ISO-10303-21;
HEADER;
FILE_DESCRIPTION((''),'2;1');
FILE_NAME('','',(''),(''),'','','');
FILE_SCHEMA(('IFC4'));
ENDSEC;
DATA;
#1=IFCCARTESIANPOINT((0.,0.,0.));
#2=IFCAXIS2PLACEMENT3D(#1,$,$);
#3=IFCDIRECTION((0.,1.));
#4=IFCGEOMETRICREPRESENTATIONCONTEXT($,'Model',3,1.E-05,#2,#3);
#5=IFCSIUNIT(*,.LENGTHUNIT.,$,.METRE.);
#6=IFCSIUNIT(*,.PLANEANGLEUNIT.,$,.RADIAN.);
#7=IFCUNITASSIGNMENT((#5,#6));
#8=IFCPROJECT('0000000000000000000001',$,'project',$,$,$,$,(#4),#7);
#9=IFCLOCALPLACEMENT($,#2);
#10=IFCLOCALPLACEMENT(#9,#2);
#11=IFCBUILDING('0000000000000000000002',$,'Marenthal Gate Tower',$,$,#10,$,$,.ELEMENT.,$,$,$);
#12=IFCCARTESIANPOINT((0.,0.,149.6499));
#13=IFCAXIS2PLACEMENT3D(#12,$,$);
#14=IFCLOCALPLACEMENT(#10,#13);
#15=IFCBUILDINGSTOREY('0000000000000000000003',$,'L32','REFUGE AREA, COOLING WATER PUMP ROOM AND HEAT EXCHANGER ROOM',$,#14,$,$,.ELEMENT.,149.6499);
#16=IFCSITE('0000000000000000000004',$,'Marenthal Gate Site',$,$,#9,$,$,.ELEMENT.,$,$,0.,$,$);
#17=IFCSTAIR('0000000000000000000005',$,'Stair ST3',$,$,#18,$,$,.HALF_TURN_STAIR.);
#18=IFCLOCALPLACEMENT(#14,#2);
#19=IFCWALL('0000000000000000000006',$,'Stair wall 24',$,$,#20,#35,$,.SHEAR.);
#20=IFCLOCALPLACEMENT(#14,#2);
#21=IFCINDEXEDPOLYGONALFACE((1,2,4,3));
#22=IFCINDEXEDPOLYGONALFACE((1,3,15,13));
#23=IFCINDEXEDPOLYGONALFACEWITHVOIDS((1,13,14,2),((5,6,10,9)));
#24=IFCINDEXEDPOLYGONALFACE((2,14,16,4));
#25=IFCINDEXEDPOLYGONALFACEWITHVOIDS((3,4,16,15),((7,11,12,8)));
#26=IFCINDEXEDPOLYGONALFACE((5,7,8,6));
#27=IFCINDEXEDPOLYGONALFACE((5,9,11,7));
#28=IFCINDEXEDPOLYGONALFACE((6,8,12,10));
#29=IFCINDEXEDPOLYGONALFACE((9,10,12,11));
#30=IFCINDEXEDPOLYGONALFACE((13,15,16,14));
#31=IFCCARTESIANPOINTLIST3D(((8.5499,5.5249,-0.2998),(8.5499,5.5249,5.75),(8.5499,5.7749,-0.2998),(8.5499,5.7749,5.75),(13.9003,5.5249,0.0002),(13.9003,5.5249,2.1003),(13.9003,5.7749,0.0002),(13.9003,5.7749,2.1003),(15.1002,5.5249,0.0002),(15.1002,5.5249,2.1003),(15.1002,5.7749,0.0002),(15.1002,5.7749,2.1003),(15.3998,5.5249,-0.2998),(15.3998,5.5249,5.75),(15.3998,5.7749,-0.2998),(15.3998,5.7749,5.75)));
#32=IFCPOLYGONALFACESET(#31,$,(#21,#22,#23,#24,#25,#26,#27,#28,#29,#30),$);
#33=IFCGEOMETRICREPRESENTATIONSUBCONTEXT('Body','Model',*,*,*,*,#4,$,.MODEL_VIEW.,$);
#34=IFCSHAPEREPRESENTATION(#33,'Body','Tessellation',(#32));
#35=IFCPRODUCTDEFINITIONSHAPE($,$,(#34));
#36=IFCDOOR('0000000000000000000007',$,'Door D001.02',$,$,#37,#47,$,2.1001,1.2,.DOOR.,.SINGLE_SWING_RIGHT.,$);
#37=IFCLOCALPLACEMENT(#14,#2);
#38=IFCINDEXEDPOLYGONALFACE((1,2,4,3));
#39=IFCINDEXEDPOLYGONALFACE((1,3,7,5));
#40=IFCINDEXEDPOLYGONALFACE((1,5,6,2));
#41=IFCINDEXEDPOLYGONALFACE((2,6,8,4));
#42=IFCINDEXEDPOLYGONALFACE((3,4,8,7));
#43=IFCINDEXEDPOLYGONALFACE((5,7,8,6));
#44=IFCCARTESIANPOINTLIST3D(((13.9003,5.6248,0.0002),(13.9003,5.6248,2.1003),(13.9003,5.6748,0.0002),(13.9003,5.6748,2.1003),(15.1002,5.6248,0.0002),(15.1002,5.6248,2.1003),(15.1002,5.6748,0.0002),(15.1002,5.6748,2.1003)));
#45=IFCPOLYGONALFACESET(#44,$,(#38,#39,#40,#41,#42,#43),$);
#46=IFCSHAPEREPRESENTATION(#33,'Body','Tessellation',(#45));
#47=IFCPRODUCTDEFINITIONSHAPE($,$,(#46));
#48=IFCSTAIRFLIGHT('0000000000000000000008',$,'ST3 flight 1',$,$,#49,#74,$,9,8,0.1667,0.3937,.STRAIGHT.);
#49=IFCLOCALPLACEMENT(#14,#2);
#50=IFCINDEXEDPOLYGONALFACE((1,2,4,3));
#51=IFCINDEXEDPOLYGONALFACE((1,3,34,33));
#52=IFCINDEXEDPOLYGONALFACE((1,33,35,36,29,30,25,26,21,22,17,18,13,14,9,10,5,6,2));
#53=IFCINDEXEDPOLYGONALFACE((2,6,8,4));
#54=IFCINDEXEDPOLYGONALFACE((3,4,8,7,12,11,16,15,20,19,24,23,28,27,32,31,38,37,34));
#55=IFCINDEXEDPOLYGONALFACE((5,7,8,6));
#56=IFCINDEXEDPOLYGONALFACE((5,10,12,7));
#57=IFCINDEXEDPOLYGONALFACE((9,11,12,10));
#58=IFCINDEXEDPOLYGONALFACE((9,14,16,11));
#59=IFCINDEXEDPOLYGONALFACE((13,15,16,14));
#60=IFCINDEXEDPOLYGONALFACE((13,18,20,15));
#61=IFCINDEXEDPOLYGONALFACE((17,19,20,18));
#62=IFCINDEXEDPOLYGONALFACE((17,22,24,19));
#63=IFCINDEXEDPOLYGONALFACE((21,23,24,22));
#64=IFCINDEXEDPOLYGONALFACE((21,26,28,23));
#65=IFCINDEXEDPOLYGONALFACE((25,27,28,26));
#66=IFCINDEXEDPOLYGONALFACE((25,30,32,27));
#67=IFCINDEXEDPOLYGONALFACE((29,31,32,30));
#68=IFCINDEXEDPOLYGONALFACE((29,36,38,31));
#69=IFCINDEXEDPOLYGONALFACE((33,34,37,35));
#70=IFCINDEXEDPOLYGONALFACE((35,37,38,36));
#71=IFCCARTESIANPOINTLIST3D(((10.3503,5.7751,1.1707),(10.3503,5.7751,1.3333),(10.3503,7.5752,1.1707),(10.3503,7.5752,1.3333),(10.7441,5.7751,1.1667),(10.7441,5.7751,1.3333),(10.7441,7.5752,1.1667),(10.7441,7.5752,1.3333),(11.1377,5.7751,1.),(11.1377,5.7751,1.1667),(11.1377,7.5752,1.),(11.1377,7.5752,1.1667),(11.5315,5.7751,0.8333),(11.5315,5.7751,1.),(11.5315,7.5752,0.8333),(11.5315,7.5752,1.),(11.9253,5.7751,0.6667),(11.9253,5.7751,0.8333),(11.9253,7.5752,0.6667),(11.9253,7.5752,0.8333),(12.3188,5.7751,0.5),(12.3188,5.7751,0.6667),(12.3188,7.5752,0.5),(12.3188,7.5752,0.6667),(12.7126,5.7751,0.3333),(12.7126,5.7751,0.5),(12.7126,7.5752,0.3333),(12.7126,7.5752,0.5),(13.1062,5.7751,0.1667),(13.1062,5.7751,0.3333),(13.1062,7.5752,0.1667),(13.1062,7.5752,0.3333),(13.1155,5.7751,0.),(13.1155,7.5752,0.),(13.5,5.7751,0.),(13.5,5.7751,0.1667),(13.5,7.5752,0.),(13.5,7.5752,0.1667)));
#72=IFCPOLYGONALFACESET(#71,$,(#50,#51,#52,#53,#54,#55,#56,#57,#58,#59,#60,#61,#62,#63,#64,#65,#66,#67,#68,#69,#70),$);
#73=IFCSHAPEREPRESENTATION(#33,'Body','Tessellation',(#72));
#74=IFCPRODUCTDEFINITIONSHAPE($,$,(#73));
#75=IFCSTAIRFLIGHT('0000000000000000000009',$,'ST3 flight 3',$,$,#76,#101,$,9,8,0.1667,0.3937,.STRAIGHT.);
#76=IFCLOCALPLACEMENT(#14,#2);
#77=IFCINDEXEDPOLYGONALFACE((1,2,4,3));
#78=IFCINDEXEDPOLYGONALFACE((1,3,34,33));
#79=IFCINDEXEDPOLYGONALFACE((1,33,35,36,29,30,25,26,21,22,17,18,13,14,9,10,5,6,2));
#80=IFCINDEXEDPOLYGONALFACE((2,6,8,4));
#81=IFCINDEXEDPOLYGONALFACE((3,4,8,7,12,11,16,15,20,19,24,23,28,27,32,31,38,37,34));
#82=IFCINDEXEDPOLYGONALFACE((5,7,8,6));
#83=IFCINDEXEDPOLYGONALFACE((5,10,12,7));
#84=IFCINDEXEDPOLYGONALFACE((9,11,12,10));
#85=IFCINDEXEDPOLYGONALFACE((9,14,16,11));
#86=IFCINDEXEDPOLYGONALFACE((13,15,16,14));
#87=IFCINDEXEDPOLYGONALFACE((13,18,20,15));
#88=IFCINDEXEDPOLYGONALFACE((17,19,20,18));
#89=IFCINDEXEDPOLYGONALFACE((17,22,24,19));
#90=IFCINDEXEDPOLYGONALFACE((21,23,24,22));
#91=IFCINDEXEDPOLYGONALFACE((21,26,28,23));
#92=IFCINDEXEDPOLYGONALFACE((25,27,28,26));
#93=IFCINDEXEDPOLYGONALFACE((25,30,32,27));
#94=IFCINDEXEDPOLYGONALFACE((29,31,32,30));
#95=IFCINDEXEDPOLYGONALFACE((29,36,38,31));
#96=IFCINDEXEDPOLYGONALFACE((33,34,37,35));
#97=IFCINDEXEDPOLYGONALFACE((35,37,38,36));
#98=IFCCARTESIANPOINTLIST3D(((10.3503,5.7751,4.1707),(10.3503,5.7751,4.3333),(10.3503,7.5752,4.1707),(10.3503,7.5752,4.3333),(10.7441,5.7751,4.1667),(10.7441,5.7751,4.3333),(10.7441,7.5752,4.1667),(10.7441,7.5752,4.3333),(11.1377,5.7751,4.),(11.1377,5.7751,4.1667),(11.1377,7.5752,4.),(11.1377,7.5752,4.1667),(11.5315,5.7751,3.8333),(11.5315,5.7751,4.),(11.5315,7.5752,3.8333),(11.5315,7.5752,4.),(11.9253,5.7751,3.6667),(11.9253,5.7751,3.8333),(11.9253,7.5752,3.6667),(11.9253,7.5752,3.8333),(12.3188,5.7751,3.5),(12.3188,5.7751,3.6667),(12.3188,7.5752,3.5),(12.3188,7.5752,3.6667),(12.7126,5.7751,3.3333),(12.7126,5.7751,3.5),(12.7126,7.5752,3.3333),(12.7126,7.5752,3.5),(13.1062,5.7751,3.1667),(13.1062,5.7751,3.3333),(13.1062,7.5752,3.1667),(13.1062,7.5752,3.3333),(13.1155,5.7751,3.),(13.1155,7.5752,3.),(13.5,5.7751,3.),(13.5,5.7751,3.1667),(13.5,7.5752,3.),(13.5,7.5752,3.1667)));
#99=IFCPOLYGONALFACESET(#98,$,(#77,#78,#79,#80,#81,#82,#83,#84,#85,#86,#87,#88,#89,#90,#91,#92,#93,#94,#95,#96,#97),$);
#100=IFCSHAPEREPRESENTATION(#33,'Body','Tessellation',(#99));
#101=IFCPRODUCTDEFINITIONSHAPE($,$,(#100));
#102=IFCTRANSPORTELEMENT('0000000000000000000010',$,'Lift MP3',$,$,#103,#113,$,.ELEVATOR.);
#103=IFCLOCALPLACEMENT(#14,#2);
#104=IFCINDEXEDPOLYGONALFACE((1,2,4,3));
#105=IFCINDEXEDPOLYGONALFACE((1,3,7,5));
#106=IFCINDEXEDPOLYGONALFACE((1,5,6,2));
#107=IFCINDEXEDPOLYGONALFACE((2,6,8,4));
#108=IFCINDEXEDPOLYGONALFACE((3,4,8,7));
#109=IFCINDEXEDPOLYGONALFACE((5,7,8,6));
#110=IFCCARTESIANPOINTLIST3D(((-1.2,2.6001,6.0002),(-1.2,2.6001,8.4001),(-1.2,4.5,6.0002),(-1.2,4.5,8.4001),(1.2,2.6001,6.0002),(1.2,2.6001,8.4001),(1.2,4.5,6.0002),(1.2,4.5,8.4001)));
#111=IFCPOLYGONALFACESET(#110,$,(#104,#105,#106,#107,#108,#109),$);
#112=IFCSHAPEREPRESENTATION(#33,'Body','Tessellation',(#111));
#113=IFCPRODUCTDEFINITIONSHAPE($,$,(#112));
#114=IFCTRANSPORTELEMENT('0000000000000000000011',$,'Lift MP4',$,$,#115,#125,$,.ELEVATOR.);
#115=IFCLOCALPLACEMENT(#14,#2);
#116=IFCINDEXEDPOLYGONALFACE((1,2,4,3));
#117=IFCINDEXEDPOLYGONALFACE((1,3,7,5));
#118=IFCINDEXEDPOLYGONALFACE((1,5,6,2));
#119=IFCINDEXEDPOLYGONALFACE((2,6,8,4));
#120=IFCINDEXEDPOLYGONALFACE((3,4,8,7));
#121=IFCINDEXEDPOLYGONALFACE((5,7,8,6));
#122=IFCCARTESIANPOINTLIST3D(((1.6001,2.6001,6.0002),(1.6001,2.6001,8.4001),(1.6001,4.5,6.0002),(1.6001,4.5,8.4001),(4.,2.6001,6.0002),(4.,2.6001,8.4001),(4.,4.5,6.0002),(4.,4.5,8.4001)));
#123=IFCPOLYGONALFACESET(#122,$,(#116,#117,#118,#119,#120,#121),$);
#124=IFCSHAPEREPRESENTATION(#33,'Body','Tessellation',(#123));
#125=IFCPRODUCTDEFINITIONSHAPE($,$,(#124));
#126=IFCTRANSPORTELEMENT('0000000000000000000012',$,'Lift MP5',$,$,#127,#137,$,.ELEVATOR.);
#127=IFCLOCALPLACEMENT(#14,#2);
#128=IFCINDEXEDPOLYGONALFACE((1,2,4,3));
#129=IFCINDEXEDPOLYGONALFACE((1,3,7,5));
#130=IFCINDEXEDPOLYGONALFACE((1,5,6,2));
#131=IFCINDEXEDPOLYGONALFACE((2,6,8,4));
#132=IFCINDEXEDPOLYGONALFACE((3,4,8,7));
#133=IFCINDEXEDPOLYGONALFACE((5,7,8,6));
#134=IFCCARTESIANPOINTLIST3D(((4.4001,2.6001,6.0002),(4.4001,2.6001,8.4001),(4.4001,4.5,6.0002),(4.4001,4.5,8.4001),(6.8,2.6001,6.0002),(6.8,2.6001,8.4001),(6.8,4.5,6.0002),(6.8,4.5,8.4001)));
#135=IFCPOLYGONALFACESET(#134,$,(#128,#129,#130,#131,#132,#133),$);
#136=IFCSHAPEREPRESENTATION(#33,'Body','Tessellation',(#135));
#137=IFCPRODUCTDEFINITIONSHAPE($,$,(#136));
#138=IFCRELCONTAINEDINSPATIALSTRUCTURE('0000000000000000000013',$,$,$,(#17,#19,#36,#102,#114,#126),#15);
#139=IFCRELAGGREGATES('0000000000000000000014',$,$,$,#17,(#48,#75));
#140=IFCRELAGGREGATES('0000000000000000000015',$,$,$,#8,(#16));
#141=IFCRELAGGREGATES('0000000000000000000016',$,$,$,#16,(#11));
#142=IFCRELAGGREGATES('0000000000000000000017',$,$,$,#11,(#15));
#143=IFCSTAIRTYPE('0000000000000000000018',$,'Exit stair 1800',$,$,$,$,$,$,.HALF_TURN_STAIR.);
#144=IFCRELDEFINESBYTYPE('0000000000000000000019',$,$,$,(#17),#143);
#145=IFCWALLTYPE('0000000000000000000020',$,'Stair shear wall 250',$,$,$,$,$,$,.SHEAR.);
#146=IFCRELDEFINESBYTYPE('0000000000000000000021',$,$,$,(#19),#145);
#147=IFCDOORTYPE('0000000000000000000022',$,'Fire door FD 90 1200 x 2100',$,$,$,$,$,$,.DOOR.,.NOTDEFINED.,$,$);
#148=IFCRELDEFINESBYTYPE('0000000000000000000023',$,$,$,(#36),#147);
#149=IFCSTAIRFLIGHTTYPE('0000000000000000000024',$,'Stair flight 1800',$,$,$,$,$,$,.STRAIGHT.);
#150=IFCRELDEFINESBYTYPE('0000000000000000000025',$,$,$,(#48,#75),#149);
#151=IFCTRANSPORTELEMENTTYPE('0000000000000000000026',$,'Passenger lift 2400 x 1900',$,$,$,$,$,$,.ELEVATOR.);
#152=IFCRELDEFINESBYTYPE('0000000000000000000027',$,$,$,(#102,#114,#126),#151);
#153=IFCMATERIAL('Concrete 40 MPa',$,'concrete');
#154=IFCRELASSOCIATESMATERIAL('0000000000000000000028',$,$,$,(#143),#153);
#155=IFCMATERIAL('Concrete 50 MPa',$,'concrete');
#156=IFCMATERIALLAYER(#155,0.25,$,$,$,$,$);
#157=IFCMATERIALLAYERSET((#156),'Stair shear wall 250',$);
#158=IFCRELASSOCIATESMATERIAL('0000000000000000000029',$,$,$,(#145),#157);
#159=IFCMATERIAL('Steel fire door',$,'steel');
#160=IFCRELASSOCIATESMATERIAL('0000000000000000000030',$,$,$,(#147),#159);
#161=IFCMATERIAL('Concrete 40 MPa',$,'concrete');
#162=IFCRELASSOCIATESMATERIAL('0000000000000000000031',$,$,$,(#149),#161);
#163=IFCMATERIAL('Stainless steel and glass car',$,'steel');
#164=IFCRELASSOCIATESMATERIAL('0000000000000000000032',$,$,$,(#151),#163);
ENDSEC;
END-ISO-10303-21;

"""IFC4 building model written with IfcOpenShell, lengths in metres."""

from ifc_helpers import new_model, si_unit, direction, frame, frame_2d, origin, origin_2d, place, context, subcontext, project, spatial, polyline, rectangle, outline, extrude, material, layer, layer_set, type_object, element, fill, aggregate, save


model = new_model("IFC4")

# Units and contexts
model_context = context("Model", 3, precision=1e-05, world=origin(), true_north=direction((0.0, 1.0)))
body_context = subcontext(model_context, "Body", "Model", "MODEL_VIEW")
ifc_project = project(units=[si_unit("LENGTHUNIT", "METRE"), si_unit("PLANEANGLEUNIT", "RADIAN")], contexts=[model_context])

# Site, building, storey
site_placement = place(None, origin())
site = spatial("IfcSite", under=ifc_project, at=site_placement, Name="Marenthal Gate Site", CompositionType="ELEMENT", RefElevation=0.0)
building_placement = place(site_placement, origin())
building = spatial("IfcBuilding", under=site, at=building_placement, Name="Marenthal Gate Tower", CompositionType="ELEMENT")
storey_placement = place(building_placement, frame((0.0, 0.0, 149.6499)))
storey = spatial("IfcBuildingStorey", under=building, at=storey_placement, Name="L32", Description="REFUGE AREA, COOLING WATER PUMP ROOM AND HEAT EXCHANGER ROOM", CompositionType="ELEMENT", Elevation=149.6499)

# Stair
ifc_material_1 = material(Name="Concrete 40 MPa", Category="concrete")
stair_type = type_object("IfcStairType", Name="Exit stair 1800", PredefinedType="HALF_TURN_STAIR", material=ifc_material_1)
stair_1_placement = place(storey_placement, origin())
stair_1 = element("IfcStair", 1, at=stair_1_placement, inside=storey, type_object=stair_type, Name="Stair ST3", PredefinedType="HALF_TURN_STAIR")

# Wall, opening, door
ifc_material_2 = material(Name="Concrete 50 MPa", Category="concrete")
ifc_layer_1 = layer(ifc_material_2, 0.25)
ifc_layer_set_1 = layer_set([ifc_layer_1], Name="Stair shear wall 250")
wall_type_1 = type_object("IfcWallType", Name="Stair shear wall 250", PredefinedType="SHEAR", material=ifc_layer_set_1)
wall_1_placement = place(storey_placement, frame((8.55, 5.6499, -0.2998), z_axis=(0.0, 0.0, 1.0), x_axis=(1.0, 0.0, 0.0)))
wall_1 = element("IfcWall", 2, at=wall_1_placement, inside=storey, type_object=wall_type_1, Name="Stair wall 24", PredefinedType="SHEAR", context=body_context, shape_type="SweptSolid", body=[
    extrude(rectangle(XDim=6.8499, YDim=0.25, at=frame_2d((3.4248, 0.0))), origin(), (0.0, 0.0, 1.0), 6.0498),
])
opening_placement = place(wall_1_placement, frame((5.3501, 0.0, 0.3)))
opening = element("IfcOpeningElement", 3, at=opening_placement, cuts=wall_1, PredefinedType="OPENING", context=body_context, shape_type="SweptSolid", body=[
    extrude(rectangle(XDim=1.2, YDim=2.1001, at=frame_2d((0.6001, 1.05))), frame((0.0, 0.135, 0.0), z_axis=(0.0, -1.0, 0.0), x_axis=(1.0, 0.0, 0.0)), (0.0, 0.0, 1.0), 0.27),
])
ifc_material_3 = material(Name="Steel fire door", Category="steel")
door_type = type_object("IfcDoorType", Name="Fire door FD 90 1200 x 2100", OperationType="NOTDEFINED", PredefinedType="DOOR", material=ifc_material_3)
door_placement = place(opening_placement, origin())
door = element("IfcDoor", 4, at=door_placement, inside=storey, type_object=door_type, Name="Door D001.02", OperationType="SINGLE_SWING_RIGHT", OverallHeight=2.1001, OverallWidth=1.2, PredefinedType="DOOR", context=body_context, shape_type="SweptSolid", body=[
    extrude(rectangle(XDim=1.2, YDim=2.1001, at=frame_2d((0.6001, 1.05))), frame((0.0, 0.0249, 0.0), z_axis=(0.0, -1.0, 0.0), x_axis=(1.0, 0.0, 0.0)), (0.0, 0.0, 1.0), 0.05),
])
fill(opening, door)

# Stair flights
ifc_material_4 = material(Name="Concrete 40 MPa", Category="concrete")
stair_flight_type = type_object("IfcStairFlightType", Name="Stair flight 1800", PredefinedType="STRAIGHT", material=ifc_material_4)
stair_flight_1_placement = place(storey_placement, frame((13.5, 6.675, 0.0), z_axis=(0.0, 0.0, 1.0), x_axis=(-1.0, 0.0, 0.0)))
stair_flight_1 = element("IfcStairFlight", 5, at=stair_flight_1_placement, type_object=stair_flight_type, Name="ST3 flight 1", NumberOfRisers=9, NumberOfTreads=8, PredefinedType="STRAIGHT", RiserHeight=0.1667, TreadLength=0.3937, context=body_context, shape_type="SweptSolid", body=[
    extrude(outline(polyline([(0.0, 0.0), (0.0, 0.1667), (0.3938, 0.1667), (0.3938, 0.3333), (0.7874, 0.3333), (0.7874, 0.5), (1.1812, 0.5), (1.1812, 0.6667), (1.5747, 0.6667), (1.5747, 0.8333), (1.9685, 0.8333), (1.9685, 1.0), (2.3623, 1.0), (2.3623, 1.1667), (2.7559, 1.1667), (2.7559, 1.3333), (3.1497, 1.3333), (3.1497, 1.5), (3.1497, 1.1707), (0.3845, 0.0), (0.0, 0.0)])), frame((0.0, 0.8999, 0.0), z_axis=(0.0, -1.0, 0.0), x_axis=(1.0, 0.0, 0.0)), (0.0, 0.0, 1.0), 1.8),
])
stair_flight_2_placement = place(storey_placement, frame((13.5, 6.675, 3.0), z_axis=(0.0, 0.0, 1.0), x_axis=(-1.0, 0.0, 0.0)))
stair_flight_2 = element("IfcStairFlight", 6, at=stair_flight_2_placement, type_object=stair_flight_type, Name="ST3 flight 3", NumberOfRisers=9, NumberOfTreads=8, PredefinedType="STRAIGHT", RiserHeight=0.1667, TreadLength=0.3937, context=body_context, shape_type="SweptSolid", body=[
    extrude(outline(polyline([(0.0, 0.0), (0.0, 0.1667), (0.3938, 0.1667), (0.3938, 0.3333), (0.7874, 0.3333), (0.7874, 0.5), (1.1812, 0.5), (1.1812, 0.6667), (1.5747, 0.6667), (1.5747, 0.8333), (1.9685, 0.8333), (1.9685, 1.0), (2.3623, 1.0), (2.3623, 1.1667), (2.7559, 1.1667), (2.7559, 1.3333), (3.1497, 1.3333), (3.1497, 1.5), (3.1497, 1.1707), (0.3845, 0.0), (0.0, 0.0)])), frame((0.0, 0.8999, 0.0), z_axis=(0.0, -1.0, 0.0), x_axis=(1.0, 0.0, 0.0)), (0.0, 0.0, 1.0), 1.8),
])
aggregate(stair_1, [stair_flight_1, stair_flight_2])

# Transport elements
ifc_material_5 = material(Name="Stainless steel and glass car", Category="steel")
transport_element_type = type_object("IfcTransportElementType", Name="Passenger lift 2400 x 1900", PredefinedType="ELEVATOR", material=ifc_material_5)
for number, where, z_axis, x_axis, name in (
    (7, (0.0, 3.55, 6.0002), (0.0, 0.0, 1.0), (1.0, 0.0, 0.0), "Lift MP3"),
    (8, (2.8, 3.55, 6.0002), (0.0, 0.0, 1.0), (1.0, 0.0, 0.0), "Lift MP4"),
    (9, (5.6001, 3.55, 6.0002), (0.0, 0.0, 1.0), (1.0, 0.0, 0.0), "Lift MP5"),
):
    element("IfcTransportElement", number, at=place(storey_placement, frame(where, z_axis=z_axis, x_axis=x_axis)), inside=storey, type_object=transport_element_type, Name=name, PredefinedType="ELEVATOR", context=body_context, shape_type="SweptSolid", body=[
        extrude(rectangle(XDim=2.3999, YDim=1.8999, at=origin_2d()), origin(), (0.0, 0.0, 1.0), 2.3999),
    ])

save(model, "model.ifc")
